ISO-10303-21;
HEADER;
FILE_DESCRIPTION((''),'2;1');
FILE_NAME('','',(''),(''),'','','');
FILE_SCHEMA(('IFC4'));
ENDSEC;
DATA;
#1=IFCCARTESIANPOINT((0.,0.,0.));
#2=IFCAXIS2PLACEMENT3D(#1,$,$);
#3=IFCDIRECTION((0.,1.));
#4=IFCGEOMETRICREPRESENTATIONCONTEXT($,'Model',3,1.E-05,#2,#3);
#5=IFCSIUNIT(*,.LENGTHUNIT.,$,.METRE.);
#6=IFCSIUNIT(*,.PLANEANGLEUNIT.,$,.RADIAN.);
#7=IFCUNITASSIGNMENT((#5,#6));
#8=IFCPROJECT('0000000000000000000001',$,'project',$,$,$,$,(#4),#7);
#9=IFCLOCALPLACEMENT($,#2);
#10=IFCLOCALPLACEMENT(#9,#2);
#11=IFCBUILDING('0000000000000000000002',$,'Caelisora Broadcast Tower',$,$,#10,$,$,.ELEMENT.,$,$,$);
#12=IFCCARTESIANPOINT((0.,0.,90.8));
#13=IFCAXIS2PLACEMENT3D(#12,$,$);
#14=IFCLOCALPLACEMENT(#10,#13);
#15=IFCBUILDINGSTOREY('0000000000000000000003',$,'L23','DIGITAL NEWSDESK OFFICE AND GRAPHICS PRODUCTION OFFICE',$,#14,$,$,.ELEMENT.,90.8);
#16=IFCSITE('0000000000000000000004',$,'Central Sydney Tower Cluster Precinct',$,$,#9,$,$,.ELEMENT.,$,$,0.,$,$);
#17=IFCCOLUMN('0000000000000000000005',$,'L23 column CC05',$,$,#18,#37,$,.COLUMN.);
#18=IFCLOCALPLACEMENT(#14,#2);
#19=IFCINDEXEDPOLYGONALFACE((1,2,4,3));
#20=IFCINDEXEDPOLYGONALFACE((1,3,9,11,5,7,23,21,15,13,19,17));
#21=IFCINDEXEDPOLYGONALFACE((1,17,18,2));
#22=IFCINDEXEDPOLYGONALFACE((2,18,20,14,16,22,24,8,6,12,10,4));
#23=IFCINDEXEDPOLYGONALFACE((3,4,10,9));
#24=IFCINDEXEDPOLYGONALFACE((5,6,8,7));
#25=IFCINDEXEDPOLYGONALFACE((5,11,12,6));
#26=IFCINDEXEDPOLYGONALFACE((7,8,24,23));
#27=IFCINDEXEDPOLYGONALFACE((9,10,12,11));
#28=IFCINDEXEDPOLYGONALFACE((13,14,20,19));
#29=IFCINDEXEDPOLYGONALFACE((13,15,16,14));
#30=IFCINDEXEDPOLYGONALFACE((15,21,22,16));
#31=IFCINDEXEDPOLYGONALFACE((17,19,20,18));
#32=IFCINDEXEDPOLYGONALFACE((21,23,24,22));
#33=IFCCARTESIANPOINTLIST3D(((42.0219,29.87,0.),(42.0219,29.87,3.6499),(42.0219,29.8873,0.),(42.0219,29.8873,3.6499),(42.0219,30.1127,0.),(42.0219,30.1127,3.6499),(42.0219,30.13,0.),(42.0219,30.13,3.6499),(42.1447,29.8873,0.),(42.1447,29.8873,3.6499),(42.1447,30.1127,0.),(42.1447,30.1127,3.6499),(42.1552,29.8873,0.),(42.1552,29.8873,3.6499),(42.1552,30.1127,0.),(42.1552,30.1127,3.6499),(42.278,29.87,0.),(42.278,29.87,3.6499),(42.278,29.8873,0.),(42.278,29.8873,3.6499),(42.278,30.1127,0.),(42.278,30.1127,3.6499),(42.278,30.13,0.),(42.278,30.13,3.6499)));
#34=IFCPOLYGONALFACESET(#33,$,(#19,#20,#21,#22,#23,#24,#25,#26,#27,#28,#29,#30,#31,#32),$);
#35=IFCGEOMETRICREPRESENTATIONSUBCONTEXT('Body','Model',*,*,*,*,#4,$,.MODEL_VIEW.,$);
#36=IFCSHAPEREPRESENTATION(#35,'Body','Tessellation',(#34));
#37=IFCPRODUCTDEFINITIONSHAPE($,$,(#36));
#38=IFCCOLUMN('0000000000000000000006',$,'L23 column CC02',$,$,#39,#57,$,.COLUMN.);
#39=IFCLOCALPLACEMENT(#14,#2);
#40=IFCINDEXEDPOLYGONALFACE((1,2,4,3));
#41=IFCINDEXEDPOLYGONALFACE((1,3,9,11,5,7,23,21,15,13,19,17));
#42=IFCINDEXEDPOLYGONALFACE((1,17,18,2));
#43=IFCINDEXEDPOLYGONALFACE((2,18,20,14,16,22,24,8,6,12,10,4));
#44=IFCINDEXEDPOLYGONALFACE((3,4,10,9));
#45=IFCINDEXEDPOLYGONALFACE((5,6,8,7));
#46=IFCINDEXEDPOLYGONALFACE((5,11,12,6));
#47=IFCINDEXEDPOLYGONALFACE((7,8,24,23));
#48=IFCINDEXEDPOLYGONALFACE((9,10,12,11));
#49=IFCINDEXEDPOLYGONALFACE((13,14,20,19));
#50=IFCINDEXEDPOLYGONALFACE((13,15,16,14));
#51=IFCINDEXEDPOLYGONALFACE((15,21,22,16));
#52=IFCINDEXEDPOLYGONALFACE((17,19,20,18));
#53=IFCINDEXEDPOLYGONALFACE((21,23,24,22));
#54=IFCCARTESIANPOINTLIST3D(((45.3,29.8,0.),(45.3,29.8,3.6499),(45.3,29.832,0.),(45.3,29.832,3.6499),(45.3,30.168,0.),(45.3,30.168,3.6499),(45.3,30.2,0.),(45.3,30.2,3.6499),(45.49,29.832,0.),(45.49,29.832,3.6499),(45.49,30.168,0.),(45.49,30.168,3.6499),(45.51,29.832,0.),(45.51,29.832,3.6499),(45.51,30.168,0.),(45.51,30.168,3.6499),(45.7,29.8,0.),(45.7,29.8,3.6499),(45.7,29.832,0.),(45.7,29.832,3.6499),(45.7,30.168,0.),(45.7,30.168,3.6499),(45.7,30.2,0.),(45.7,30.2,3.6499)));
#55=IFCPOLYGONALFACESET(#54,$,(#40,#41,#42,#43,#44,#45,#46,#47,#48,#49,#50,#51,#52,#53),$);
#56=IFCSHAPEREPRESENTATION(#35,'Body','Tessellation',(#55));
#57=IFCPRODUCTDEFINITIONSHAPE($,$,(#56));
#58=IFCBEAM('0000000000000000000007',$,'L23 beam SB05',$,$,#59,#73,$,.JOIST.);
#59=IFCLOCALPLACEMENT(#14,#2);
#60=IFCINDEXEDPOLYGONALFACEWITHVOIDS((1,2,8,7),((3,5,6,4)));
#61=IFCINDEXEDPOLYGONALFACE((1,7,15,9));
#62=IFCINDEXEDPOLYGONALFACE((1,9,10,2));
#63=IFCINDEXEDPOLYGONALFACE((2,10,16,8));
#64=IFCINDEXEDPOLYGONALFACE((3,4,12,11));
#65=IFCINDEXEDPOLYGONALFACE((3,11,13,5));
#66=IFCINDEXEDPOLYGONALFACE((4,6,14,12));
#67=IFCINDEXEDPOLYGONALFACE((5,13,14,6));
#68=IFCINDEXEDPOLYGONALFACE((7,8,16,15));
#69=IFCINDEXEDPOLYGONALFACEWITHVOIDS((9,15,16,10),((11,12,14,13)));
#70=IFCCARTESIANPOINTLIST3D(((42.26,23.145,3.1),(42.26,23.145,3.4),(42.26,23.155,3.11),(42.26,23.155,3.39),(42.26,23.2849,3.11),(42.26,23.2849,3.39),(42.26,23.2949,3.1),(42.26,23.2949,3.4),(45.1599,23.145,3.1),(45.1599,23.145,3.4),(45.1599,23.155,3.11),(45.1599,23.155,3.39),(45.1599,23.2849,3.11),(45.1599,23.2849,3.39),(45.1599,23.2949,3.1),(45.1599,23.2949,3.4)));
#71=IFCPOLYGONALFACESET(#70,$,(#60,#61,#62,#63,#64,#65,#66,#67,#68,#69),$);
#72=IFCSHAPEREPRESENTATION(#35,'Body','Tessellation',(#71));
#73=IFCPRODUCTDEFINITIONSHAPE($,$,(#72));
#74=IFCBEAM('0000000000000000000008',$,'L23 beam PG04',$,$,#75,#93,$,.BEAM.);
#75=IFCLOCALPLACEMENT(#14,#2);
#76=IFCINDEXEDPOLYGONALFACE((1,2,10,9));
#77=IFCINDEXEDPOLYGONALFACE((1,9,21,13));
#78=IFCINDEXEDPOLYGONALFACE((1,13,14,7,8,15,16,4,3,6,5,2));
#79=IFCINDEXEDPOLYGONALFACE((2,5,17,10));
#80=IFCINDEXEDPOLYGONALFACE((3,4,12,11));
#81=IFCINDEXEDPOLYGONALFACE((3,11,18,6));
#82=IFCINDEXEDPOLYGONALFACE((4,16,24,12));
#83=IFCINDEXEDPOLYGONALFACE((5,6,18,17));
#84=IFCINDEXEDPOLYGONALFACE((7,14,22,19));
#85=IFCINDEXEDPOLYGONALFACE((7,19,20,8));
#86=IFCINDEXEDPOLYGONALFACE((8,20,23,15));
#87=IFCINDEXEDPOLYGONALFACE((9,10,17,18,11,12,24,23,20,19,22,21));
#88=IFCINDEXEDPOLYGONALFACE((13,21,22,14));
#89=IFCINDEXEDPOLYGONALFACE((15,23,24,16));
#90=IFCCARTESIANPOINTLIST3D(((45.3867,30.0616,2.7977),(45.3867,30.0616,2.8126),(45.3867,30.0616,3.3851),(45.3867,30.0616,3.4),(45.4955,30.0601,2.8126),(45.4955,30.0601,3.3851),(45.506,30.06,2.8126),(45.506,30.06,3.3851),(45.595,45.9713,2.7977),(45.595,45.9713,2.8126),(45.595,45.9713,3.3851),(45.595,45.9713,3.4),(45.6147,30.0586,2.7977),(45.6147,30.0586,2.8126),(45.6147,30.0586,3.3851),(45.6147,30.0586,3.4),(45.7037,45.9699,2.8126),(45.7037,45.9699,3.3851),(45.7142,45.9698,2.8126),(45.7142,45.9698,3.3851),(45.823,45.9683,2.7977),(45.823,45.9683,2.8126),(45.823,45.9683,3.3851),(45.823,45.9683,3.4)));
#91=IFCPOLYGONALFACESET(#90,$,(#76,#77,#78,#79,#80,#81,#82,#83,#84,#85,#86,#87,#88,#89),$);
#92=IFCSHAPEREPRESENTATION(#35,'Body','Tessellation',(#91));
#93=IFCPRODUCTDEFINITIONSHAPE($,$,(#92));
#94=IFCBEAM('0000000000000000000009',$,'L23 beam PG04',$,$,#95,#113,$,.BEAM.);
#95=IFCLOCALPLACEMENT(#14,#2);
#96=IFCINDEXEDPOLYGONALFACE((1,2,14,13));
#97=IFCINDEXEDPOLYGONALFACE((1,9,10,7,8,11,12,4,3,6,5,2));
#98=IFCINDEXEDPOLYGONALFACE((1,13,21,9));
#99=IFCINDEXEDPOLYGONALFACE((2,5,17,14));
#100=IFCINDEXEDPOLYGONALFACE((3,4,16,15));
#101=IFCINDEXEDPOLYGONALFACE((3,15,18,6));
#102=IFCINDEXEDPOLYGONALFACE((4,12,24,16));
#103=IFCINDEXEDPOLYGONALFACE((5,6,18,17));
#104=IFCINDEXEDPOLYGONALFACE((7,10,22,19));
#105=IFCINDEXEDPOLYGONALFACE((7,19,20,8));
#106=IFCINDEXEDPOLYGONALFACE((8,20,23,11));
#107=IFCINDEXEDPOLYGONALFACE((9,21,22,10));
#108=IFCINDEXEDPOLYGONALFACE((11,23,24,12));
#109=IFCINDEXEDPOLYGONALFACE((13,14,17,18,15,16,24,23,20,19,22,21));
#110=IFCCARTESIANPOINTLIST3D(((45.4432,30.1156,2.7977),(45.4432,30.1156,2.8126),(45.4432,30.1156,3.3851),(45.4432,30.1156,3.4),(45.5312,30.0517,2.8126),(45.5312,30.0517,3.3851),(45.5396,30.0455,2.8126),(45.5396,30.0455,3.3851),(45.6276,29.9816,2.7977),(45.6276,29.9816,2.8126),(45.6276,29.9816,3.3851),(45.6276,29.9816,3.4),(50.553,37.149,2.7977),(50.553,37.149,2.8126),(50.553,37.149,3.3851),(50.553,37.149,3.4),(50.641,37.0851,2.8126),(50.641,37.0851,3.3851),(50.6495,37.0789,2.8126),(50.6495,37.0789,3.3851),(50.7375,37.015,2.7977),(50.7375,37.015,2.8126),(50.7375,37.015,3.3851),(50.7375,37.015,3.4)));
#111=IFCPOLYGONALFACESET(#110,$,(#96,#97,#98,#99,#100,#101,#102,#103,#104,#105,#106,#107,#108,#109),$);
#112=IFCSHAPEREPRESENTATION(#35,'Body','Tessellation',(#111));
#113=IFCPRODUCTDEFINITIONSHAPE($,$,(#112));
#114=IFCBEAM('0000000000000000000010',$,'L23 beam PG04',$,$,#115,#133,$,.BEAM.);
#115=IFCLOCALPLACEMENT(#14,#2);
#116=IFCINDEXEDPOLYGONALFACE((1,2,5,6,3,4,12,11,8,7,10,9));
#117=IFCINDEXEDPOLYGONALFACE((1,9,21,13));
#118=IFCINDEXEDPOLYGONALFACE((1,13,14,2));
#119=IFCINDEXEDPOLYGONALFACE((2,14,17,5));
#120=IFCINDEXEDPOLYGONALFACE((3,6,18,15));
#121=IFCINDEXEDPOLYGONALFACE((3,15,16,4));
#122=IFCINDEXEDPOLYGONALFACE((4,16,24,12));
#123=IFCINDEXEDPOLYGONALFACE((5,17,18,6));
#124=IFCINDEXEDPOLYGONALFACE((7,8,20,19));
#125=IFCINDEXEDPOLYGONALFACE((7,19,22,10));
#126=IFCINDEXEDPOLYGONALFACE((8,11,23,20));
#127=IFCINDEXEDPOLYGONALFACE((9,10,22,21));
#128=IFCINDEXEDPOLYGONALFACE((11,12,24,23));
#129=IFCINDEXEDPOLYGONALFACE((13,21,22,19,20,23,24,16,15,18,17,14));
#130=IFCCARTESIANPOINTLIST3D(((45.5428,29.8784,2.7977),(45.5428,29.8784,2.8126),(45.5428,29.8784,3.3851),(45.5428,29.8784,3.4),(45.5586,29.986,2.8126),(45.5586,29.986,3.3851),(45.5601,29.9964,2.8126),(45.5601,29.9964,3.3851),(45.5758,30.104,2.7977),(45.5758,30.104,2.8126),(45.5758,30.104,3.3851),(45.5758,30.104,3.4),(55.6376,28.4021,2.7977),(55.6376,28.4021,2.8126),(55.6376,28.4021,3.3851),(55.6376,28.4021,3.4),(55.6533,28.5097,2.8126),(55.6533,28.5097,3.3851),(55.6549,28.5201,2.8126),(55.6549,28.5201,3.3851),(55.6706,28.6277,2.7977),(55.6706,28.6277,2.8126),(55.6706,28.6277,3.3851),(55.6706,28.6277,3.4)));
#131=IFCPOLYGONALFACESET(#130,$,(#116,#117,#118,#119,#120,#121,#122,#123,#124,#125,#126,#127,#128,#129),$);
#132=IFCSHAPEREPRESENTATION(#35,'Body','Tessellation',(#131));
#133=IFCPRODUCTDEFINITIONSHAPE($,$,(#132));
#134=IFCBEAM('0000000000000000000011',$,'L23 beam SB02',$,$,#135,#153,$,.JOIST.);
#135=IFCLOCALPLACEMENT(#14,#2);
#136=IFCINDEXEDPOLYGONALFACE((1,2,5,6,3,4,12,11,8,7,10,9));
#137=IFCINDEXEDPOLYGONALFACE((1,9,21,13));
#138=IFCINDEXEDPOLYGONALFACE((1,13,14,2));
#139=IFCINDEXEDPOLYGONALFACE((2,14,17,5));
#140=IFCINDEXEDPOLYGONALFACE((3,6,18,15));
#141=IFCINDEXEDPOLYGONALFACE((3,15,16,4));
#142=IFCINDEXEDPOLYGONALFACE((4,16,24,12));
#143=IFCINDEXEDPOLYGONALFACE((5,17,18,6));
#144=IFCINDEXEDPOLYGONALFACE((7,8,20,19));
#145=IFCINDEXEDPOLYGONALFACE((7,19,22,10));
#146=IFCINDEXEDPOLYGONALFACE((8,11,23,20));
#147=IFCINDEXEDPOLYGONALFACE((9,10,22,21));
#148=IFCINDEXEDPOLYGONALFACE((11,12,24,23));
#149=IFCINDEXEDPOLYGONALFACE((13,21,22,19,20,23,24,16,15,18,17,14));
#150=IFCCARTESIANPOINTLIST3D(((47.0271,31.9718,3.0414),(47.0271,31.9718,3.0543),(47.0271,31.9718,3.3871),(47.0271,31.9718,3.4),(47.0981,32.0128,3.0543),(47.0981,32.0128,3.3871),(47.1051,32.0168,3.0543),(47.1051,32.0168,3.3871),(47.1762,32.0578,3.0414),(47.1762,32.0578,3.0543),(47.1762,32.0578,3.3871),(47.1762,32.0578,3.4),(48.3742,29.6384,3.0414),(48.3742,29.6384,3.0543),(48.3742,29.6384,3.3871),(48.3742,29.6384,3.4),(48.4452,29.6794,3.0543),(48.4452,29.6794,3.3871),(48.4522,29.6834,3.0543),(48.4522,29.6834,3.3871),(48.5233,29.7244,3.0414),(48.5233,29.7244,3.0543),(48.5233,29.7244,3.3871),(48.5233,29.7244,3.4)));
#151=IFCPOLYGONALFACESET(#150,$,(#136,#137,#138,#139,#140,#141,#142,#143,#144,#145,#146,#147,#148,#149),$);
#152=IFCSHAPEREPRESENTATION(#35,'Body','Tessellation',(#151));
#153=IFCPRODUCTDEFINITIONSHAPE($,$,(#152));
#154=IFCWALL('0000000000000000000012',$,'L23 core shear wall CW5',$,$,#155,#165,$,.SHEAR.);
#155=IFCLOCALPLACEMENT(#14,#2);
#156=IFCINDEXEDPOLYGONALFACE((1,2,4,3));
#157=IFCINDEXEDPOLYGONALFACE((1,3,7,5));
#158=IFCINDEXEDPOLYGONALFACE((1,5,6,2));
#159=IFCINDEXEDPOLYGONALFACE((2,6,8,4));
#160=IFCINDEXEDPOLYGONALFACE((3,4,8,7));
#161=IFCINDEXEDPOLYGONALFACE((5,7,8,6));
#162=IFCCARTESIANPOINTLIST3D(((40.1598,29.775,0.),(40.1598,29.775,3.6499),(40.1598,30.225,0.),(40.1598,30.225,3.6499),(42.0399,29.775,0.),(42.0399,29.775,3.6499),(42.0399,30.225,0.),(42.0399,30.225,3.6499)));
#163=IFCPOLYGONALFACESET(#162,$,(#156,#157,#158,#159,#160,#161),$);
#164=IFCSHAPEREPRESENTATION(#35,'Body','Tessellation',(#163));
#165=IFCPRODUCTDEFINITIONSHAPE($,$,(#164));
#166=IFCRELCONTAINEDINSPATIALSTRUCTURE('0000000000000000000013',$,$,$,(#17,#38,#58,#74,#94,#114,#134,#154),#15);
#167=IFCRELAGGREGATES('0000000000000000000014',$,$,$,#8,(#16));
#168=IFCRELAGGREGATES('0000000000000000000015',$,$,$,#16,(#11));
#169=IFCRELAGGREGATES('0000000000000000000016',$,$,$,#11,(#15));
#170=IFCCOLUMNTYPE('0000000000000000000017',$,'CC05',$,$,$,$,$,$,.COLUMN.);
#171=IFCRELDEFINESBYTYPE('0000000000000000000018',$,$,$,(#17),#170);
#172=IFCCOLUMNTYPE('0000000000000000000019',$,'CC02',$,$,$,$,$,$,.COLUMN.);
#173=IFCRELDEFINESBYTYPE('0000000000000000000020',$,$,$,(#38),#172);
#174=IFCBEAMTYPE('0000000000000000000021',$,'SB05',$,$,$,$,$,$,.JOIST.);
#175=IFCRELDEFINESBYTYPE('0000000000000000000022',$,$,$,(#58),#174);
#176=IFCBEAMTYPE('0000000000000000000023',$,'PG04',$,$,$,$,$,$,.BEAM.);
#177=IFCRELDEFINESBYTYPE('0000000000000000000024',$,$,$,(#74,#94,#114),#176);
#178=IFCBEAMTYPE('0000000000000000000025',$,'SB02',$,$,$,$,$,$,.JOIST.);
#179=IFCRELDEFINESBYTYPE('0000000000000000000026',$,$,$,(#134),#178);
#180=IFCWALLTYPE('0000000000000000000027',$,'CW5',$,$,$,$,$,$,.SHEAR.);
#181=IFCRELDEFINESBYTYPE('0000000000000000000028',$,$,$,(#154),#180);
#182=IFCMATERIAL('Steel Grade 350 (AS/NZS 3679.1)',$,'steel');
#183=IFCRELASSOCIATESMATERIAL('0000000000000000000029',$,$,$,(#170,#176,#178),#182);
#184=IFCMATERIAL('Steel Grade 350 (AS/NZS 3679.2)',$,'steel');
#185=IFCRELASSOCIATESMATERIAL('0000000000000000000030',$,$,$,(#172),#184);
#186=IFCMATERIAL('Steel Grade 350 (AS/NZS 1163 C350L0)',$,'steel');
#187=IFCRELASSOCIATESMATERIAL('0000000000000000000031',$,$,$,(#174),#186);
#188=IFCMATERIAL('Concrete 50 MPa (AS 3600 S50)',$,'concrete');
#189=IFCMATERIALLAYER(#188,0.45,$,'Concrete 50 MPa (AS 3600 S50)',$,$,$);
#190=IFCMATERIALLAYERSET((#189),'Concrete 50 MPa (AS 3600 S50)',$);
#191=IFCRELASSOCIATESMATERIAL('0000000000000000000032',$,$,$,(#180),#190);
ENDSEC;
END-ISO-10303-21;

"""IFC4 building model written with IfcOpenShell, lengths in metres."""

from ifc_helpers import new_model, si_unit, direction, frame, frame_2d, origin, origin_2d, place, context, subcontext, project, spatial, rectangle, hollow_rectangle, i_section, extrude, source, transform, mapped, material, layer, layer_set, material_profile, profile_set, type_object, type_shapes, element, save


model = new_model("IFC4")

# Units and contexts
model_context = context("Model", 3, precision=1e-05, world=origin(), true_north=direction((0.0, 1.0)))
body_context = subcontext(model_context, "Body", "Model", "MODEL_VIEW")
ifc_project = project(units=[si_unit("LENGTHUNIT", "METRE"), si_unit("PLANEANGLEUNIT", "RADIAN")], contexts=[model_context])

# Site, building, storey
site_placement = place(None, origin())
site = spatial("IfcSite", under=ifc_project, at=site_placement, Name="Central Sydney Tower Cluster Precinct", CompositionType="ELEMENT", RefElevation=0.0)
building_placement = place(site_placement, origin())
building = spatial("IfcBuilding", under=site, at=building_placement, Name="Caelisora Broadcast Tower", CompositionType="ELEMENT")
storey_placement = place(building_placement, frame((0.0, 0.0, 90.8)))
storey = spatial("IfcBuildingStorey", under=building, at=storey_placement, Name="L23", Description="DIGITAL NEWSDESK OFFICE AND GRAPHICS PRODUCTION OFFICE", CompositionType="ELEMENT", Elevation=90.8)

# Columns
ifc_material_1 = material(Name="Steel Grade 350 (AS/NZS 3679.1)", Category="steel")
ifc_material_profile_1 = material_profile(ifc_material_1, i_section(OverallWidth=0.2561, OverallDepth=0.26, WebThickness=0.0105, FlangeThickness=0.0173, at=origin_2d()), Name="Steel Grade 350 (AS/NZS 3679.1)")
ifc_profile_set_1 = profile_set([ifc_material_profile_1], Name="Steel Grade 350 (AS/NZS 3679.1)")
column_type_1 = type_object("IfcColumnType", Name="CC05", PredefinedType="COLUMN", material=ifc_profile_set_1)
shared_shape_1 = source(origin(), body_context, "Body", "SweptSolid", [
    extrude(i_section(OverallWidth=0.2561, OverallDepth=0.26, WebThickness=0.0105, FlangeThickness=0.0173, at=origin_2d()), origin(), (0.0, 0.0, 1.0), 3.6499),
])
type_shapes(column_type_1, [shared_shape_1])
column_1_placement = place(storey_placement, frame((42.1499, 30.0, 0.0), z_axis=(0.0, 0.0, 1.0), x_axis=(1.0, 0.0, 0.0)))
element("IfcColumn", 1, at=column_1_placement, inside=storey, type_object=column_type_1, Name="L23 column CC05", PredefinedType="COLUMN", context=body_context, shape_type="MappedRepresentation", body=[
    mapped(shared_shape_1, transform((0.0, 0.0, 0.0), scale=1.0)),
])
ifc_material_2 = material(Name="Steel Grade 350 (AS/NZS 3679.2)", Category="steel")
ifc_material_profile_2 = material_profile(ifc_material_2, i_section(OverallWidth=0.3999, OverallDepth=0.3999, WebThickness=0.02, FlangeThickness=0.032, at=origin_2d()), Name="Steel Grade 350 (AS/NZS 3679.2)")
ifc_profile_set_2 = profile_set([ifc_material_profile_2], Name="Steel Grade 350 (AS/NZS 3679.2)")
column_type_2 = type_object("IfcColumnType", Name="CC02", PredefinedType="COLUMN", material=ifc_profile_set_2)
shared_shape_2 = source(origin(), body_context, "Body", "SweptSolid", [
    extrude(i_section(OverallWidth=0.3999, OverallDepth=0.3999, WebThickness=0.02, FlangeThickness=0.032, at=origin_2d()), origin(), (0.0, 0.0, 1.0), 3.6499),
])
type_shapes(column_type_2, [shared_shape_2])
column_2_placement = place(storey_placement, frame((45.5, 30.0, 0.0), z_axis=(0.0, 0.0, 1.0), x_axis=(1.0, 0.0, 0.0)))
element("IfcColumn", 2, at=column_2_placement, inside=storey, type_object=column_type_2, Name="L23 column CC02", PredefinedType="COLUMN", context=body_context, shape_type="MappedRepresentation", body=[
    mapped(shared_shape_2, transform((0.0, 0.0, 0.0), scale=1.0)),
])

# Beams
ifc_material_3 = material(Name="Steel Grade 350 (AS/NZS 1163 C350L0)", Category="steel")
ifc_material_profile_3 = material_profile(ifc_material_3, hollow_rectangle(XDim=0.1499, YDim=0.3, WallThickness=0.01, at=origin_2d()), Name="Steel Grade 350 (AS/NZS 1163 C350L0)")
ifc_profile_set_3 = profile_set([ifc_material_profile_3], Name="Steel Grade 350 (AS/NZS 1163 C350L0)")
beam_type_1 = type_object("IfcBeamType", Name="SB05", PredefinedType="JOIST", material=ifc_profile_set_3)
shared_shape_3 = source(origin(), body_context, "Body", "SweptSolid", [
    extrude(hollow_rectangle(XDim=0.1499, YDim=0.3, WallThickness=0.01, at=origin_2d()), origin(), (0.0, 0.0, 1.0), 2.8999),
])
type_shapes(beam_type_1, [shared_shape_3])
beam_1_placement = place(storey_placement, frame((42.26, 23.22, 3.25), z_axis=(1.0, 0.0, 0.0), x_axis=(0.0, 1.0, 0.0)))
element("IfcBeam", 3, at=beam_1_placement, inside=storey, type_object=beam_type_1, Name="L23 beam SB05", PredefinedType="JOIST", context=body_context, shape_type="MappedRepresentation", body=[
    mapped(shared_shape_3, transform((0.0, 0.0, 0.0), scale=1.0)),
])
ifc_material_profile_4 = material_profile(ifc_material_1, i_section(OverallWidth=0.228, OverallDepth=0.6023, WebThickness=0.0105, FlangeThickness=0.0149, at=origin_2d()), Name="Steel Grade 350 (AS/NZS 3679.1)")
ifc_profile_set_4 = profile_set([ifc_material_profile_4], Name="Steel Grade 350 (AS/NZS 3679.1)")
beam_type_2 = type_object("IfcBeamType", Name="PG04", PredefinedType="BEAM", material=ifc_profile_set_4)
shared_shape_4 = source(origin(), body_context, "Body", "SweptSolid", [
    extrude(i_section(OverallWidth=0.228, OverallDepth=0.6023, WebThickness=0.0105, FlangeThickness=0.0149, at=origin_2d()), origin(), (0.0, 0.0, 1.0), 15.9111),
])
beam_2_placement = place(storey_placement, frame((45.5007, 30.0601, 3.0989), z_axis=(0.013089, 0.999914, 0.0), x_axis=(-0.999914, 0.013089, 0.0)))
element("IfcBeam", 4, at=beam_2_placement, inside=storey, type_object=beam_type_2, Name="L23 beam PG04", PredefinedType="BEAM", context=body_context, shape_type="MappedRepresentation", body=[
    mapped(shared_shape_4, transform((0.0, 0.0, 0.0), scale=1.0)),
])
shared_shape_5 = source(origin(), body_context, "Body", "SweptSolid", [
    extrude(i_section(OverallWidth=0.228, OverallDepth=0.6023, WebThickness=0.0105, FlangeThickness=0.0149, at=origin_2d()), origin(), (0.0, 0.0, 1.0), 8.6936),
])
beam_3_placement = place(storey_placement, frame((45.5354, 30.0486, 3.0989), z_axis=(0.587768, 0.80903, 0.0), x_axis=(-0.80903, 0.587768, 0.0)))
element("IfcBeam", 5, at=beam_3_placement, inside=storey, type_object=beam_type_2, Name="L23 beam PG04", PredefinedType="BEAM", context=body_context, shape_type="MappedRepresentation", body=[
    mapped(shared_shape_5, transform((0.0, 0.0, 0.0), scale=1.0)),
])
shared_shape_6 = source(origin(), body_context, "Body", "SweptSolid", [
    extrude(i_section(OverallWidth=0.228, OverallDepth=0.6023, WebThickness=0.0105, FlangeThickness=0.0149, at=origin_2d()), origin(), (0.0, 0.0, 1.0), 10.2021),
])
type_shapes(beam_type_2, [shared_shape_4, shared_shape_5, shared_shape_6])
beam_4_placement = place(storey_placement, frame((45.5593, 29.9912, 3.0989), z_axis=(0.989475, -0.144707, 0.0), x_axis=(0.144707, 0.989475, 0.0)))
element("IfcBeam", 6, at=beam_4_placement, inside=storey, type_object=beam_type_2, Name="L23 beam PG04", PredefinedType="BEAM", context=body_context, shape_type="MappedRepresentation", body=[
    mapped(shared_shape_6, transform((0.0, 0.0, 0.0), scale=1.0)),
])
ifc_material_profile_5 = material_profile(ifc_material_1, i_section(OverallWidth=0.1721, OverallDepth=0.3586, WebThickness=0.0081, FlangeThickness=0.0129, at=origin_2d()), Name="Steel Grade 350 (AS/NZS 3679.1)")
ifc_profile_set_5 = profile_set([ifc_material_profile_5], Name="Steel Grade 350 (AS/NZS 3679.1)")
beam_type_3 = type_object("IfcBeamType", Name="SB02", PredefinedType="JOIST", material=ifc_profile_set_5)
shared_shape_7 = source(origin(), body_context, "Body", "SweptSolid", [
    extrude(i_section(OverallWidth=0.1721, OverallDepth=0.3586, WebThickness=0.0081, FlangeThickness=0.0129, at=origin_2d()), origin(), (0.0, 0.0, 1.0), 2.6943),
])
type_shapes(beam_type_3, [shared_shape_7])
beam_5_placement = place(storey_placement, frame((48.4487, 29.6814, 3.2207), z_axis=(-0.499979, 0.866038, 0.0), x_axis=(-0.866038, -0.499979, 0.0)))
element("IfcBeam", 7, at=beam_5_placement, inside=storey, type_object=beam_type_3, Name="L23 beam SB02", PredefinedType="JOIST", context=body_context, shape_type="MappedRepresentation", body=[
    mapped(shared_shape_7, transform((0.0, 0.0, 0.0), scale=1.0)),
])

# Wall
ifc_material_4 = material(Name="Concrete 50 MPa (AS 3600 S50)", Category="concrete")
ifc_layer_1 = layer(ifc_material_4, 0.45, Name="Concrete 50 MPa (AS 3600 S50)")
ifc_layer_set_1 = layer_set([ifc_layer_1], Name="Concrete 50 MPa (AS 3600 S50)")
wall_type_1 = type_object("IfcWallType", Name="CW5", PredefinedType="SHEAR", material=ifc_layer_set_1)
wall_1_placement = place(storey_placement, frame((40.1599, 30.0, 0.0), z_axis=(0.0, 0.0, 1.0), x_axis=(1.0, 0.0, 0.0)))
element("IfcWall", 8, at=wall_1_placement, inside=storey, type_object=wall_type_1, Name="L23 core shear wall CW5", PredefinedType="SHEAR", context=body_context, shape_type="SweptSolid", body=[
    extrude(rectangle(XDim=1.8801, YDim=0.45, at=frame_2d((0.9399, 0.0))), origin(), (0.0, 0.0, 1.0), 3.6499),
])

save(model, "model.ifc")
